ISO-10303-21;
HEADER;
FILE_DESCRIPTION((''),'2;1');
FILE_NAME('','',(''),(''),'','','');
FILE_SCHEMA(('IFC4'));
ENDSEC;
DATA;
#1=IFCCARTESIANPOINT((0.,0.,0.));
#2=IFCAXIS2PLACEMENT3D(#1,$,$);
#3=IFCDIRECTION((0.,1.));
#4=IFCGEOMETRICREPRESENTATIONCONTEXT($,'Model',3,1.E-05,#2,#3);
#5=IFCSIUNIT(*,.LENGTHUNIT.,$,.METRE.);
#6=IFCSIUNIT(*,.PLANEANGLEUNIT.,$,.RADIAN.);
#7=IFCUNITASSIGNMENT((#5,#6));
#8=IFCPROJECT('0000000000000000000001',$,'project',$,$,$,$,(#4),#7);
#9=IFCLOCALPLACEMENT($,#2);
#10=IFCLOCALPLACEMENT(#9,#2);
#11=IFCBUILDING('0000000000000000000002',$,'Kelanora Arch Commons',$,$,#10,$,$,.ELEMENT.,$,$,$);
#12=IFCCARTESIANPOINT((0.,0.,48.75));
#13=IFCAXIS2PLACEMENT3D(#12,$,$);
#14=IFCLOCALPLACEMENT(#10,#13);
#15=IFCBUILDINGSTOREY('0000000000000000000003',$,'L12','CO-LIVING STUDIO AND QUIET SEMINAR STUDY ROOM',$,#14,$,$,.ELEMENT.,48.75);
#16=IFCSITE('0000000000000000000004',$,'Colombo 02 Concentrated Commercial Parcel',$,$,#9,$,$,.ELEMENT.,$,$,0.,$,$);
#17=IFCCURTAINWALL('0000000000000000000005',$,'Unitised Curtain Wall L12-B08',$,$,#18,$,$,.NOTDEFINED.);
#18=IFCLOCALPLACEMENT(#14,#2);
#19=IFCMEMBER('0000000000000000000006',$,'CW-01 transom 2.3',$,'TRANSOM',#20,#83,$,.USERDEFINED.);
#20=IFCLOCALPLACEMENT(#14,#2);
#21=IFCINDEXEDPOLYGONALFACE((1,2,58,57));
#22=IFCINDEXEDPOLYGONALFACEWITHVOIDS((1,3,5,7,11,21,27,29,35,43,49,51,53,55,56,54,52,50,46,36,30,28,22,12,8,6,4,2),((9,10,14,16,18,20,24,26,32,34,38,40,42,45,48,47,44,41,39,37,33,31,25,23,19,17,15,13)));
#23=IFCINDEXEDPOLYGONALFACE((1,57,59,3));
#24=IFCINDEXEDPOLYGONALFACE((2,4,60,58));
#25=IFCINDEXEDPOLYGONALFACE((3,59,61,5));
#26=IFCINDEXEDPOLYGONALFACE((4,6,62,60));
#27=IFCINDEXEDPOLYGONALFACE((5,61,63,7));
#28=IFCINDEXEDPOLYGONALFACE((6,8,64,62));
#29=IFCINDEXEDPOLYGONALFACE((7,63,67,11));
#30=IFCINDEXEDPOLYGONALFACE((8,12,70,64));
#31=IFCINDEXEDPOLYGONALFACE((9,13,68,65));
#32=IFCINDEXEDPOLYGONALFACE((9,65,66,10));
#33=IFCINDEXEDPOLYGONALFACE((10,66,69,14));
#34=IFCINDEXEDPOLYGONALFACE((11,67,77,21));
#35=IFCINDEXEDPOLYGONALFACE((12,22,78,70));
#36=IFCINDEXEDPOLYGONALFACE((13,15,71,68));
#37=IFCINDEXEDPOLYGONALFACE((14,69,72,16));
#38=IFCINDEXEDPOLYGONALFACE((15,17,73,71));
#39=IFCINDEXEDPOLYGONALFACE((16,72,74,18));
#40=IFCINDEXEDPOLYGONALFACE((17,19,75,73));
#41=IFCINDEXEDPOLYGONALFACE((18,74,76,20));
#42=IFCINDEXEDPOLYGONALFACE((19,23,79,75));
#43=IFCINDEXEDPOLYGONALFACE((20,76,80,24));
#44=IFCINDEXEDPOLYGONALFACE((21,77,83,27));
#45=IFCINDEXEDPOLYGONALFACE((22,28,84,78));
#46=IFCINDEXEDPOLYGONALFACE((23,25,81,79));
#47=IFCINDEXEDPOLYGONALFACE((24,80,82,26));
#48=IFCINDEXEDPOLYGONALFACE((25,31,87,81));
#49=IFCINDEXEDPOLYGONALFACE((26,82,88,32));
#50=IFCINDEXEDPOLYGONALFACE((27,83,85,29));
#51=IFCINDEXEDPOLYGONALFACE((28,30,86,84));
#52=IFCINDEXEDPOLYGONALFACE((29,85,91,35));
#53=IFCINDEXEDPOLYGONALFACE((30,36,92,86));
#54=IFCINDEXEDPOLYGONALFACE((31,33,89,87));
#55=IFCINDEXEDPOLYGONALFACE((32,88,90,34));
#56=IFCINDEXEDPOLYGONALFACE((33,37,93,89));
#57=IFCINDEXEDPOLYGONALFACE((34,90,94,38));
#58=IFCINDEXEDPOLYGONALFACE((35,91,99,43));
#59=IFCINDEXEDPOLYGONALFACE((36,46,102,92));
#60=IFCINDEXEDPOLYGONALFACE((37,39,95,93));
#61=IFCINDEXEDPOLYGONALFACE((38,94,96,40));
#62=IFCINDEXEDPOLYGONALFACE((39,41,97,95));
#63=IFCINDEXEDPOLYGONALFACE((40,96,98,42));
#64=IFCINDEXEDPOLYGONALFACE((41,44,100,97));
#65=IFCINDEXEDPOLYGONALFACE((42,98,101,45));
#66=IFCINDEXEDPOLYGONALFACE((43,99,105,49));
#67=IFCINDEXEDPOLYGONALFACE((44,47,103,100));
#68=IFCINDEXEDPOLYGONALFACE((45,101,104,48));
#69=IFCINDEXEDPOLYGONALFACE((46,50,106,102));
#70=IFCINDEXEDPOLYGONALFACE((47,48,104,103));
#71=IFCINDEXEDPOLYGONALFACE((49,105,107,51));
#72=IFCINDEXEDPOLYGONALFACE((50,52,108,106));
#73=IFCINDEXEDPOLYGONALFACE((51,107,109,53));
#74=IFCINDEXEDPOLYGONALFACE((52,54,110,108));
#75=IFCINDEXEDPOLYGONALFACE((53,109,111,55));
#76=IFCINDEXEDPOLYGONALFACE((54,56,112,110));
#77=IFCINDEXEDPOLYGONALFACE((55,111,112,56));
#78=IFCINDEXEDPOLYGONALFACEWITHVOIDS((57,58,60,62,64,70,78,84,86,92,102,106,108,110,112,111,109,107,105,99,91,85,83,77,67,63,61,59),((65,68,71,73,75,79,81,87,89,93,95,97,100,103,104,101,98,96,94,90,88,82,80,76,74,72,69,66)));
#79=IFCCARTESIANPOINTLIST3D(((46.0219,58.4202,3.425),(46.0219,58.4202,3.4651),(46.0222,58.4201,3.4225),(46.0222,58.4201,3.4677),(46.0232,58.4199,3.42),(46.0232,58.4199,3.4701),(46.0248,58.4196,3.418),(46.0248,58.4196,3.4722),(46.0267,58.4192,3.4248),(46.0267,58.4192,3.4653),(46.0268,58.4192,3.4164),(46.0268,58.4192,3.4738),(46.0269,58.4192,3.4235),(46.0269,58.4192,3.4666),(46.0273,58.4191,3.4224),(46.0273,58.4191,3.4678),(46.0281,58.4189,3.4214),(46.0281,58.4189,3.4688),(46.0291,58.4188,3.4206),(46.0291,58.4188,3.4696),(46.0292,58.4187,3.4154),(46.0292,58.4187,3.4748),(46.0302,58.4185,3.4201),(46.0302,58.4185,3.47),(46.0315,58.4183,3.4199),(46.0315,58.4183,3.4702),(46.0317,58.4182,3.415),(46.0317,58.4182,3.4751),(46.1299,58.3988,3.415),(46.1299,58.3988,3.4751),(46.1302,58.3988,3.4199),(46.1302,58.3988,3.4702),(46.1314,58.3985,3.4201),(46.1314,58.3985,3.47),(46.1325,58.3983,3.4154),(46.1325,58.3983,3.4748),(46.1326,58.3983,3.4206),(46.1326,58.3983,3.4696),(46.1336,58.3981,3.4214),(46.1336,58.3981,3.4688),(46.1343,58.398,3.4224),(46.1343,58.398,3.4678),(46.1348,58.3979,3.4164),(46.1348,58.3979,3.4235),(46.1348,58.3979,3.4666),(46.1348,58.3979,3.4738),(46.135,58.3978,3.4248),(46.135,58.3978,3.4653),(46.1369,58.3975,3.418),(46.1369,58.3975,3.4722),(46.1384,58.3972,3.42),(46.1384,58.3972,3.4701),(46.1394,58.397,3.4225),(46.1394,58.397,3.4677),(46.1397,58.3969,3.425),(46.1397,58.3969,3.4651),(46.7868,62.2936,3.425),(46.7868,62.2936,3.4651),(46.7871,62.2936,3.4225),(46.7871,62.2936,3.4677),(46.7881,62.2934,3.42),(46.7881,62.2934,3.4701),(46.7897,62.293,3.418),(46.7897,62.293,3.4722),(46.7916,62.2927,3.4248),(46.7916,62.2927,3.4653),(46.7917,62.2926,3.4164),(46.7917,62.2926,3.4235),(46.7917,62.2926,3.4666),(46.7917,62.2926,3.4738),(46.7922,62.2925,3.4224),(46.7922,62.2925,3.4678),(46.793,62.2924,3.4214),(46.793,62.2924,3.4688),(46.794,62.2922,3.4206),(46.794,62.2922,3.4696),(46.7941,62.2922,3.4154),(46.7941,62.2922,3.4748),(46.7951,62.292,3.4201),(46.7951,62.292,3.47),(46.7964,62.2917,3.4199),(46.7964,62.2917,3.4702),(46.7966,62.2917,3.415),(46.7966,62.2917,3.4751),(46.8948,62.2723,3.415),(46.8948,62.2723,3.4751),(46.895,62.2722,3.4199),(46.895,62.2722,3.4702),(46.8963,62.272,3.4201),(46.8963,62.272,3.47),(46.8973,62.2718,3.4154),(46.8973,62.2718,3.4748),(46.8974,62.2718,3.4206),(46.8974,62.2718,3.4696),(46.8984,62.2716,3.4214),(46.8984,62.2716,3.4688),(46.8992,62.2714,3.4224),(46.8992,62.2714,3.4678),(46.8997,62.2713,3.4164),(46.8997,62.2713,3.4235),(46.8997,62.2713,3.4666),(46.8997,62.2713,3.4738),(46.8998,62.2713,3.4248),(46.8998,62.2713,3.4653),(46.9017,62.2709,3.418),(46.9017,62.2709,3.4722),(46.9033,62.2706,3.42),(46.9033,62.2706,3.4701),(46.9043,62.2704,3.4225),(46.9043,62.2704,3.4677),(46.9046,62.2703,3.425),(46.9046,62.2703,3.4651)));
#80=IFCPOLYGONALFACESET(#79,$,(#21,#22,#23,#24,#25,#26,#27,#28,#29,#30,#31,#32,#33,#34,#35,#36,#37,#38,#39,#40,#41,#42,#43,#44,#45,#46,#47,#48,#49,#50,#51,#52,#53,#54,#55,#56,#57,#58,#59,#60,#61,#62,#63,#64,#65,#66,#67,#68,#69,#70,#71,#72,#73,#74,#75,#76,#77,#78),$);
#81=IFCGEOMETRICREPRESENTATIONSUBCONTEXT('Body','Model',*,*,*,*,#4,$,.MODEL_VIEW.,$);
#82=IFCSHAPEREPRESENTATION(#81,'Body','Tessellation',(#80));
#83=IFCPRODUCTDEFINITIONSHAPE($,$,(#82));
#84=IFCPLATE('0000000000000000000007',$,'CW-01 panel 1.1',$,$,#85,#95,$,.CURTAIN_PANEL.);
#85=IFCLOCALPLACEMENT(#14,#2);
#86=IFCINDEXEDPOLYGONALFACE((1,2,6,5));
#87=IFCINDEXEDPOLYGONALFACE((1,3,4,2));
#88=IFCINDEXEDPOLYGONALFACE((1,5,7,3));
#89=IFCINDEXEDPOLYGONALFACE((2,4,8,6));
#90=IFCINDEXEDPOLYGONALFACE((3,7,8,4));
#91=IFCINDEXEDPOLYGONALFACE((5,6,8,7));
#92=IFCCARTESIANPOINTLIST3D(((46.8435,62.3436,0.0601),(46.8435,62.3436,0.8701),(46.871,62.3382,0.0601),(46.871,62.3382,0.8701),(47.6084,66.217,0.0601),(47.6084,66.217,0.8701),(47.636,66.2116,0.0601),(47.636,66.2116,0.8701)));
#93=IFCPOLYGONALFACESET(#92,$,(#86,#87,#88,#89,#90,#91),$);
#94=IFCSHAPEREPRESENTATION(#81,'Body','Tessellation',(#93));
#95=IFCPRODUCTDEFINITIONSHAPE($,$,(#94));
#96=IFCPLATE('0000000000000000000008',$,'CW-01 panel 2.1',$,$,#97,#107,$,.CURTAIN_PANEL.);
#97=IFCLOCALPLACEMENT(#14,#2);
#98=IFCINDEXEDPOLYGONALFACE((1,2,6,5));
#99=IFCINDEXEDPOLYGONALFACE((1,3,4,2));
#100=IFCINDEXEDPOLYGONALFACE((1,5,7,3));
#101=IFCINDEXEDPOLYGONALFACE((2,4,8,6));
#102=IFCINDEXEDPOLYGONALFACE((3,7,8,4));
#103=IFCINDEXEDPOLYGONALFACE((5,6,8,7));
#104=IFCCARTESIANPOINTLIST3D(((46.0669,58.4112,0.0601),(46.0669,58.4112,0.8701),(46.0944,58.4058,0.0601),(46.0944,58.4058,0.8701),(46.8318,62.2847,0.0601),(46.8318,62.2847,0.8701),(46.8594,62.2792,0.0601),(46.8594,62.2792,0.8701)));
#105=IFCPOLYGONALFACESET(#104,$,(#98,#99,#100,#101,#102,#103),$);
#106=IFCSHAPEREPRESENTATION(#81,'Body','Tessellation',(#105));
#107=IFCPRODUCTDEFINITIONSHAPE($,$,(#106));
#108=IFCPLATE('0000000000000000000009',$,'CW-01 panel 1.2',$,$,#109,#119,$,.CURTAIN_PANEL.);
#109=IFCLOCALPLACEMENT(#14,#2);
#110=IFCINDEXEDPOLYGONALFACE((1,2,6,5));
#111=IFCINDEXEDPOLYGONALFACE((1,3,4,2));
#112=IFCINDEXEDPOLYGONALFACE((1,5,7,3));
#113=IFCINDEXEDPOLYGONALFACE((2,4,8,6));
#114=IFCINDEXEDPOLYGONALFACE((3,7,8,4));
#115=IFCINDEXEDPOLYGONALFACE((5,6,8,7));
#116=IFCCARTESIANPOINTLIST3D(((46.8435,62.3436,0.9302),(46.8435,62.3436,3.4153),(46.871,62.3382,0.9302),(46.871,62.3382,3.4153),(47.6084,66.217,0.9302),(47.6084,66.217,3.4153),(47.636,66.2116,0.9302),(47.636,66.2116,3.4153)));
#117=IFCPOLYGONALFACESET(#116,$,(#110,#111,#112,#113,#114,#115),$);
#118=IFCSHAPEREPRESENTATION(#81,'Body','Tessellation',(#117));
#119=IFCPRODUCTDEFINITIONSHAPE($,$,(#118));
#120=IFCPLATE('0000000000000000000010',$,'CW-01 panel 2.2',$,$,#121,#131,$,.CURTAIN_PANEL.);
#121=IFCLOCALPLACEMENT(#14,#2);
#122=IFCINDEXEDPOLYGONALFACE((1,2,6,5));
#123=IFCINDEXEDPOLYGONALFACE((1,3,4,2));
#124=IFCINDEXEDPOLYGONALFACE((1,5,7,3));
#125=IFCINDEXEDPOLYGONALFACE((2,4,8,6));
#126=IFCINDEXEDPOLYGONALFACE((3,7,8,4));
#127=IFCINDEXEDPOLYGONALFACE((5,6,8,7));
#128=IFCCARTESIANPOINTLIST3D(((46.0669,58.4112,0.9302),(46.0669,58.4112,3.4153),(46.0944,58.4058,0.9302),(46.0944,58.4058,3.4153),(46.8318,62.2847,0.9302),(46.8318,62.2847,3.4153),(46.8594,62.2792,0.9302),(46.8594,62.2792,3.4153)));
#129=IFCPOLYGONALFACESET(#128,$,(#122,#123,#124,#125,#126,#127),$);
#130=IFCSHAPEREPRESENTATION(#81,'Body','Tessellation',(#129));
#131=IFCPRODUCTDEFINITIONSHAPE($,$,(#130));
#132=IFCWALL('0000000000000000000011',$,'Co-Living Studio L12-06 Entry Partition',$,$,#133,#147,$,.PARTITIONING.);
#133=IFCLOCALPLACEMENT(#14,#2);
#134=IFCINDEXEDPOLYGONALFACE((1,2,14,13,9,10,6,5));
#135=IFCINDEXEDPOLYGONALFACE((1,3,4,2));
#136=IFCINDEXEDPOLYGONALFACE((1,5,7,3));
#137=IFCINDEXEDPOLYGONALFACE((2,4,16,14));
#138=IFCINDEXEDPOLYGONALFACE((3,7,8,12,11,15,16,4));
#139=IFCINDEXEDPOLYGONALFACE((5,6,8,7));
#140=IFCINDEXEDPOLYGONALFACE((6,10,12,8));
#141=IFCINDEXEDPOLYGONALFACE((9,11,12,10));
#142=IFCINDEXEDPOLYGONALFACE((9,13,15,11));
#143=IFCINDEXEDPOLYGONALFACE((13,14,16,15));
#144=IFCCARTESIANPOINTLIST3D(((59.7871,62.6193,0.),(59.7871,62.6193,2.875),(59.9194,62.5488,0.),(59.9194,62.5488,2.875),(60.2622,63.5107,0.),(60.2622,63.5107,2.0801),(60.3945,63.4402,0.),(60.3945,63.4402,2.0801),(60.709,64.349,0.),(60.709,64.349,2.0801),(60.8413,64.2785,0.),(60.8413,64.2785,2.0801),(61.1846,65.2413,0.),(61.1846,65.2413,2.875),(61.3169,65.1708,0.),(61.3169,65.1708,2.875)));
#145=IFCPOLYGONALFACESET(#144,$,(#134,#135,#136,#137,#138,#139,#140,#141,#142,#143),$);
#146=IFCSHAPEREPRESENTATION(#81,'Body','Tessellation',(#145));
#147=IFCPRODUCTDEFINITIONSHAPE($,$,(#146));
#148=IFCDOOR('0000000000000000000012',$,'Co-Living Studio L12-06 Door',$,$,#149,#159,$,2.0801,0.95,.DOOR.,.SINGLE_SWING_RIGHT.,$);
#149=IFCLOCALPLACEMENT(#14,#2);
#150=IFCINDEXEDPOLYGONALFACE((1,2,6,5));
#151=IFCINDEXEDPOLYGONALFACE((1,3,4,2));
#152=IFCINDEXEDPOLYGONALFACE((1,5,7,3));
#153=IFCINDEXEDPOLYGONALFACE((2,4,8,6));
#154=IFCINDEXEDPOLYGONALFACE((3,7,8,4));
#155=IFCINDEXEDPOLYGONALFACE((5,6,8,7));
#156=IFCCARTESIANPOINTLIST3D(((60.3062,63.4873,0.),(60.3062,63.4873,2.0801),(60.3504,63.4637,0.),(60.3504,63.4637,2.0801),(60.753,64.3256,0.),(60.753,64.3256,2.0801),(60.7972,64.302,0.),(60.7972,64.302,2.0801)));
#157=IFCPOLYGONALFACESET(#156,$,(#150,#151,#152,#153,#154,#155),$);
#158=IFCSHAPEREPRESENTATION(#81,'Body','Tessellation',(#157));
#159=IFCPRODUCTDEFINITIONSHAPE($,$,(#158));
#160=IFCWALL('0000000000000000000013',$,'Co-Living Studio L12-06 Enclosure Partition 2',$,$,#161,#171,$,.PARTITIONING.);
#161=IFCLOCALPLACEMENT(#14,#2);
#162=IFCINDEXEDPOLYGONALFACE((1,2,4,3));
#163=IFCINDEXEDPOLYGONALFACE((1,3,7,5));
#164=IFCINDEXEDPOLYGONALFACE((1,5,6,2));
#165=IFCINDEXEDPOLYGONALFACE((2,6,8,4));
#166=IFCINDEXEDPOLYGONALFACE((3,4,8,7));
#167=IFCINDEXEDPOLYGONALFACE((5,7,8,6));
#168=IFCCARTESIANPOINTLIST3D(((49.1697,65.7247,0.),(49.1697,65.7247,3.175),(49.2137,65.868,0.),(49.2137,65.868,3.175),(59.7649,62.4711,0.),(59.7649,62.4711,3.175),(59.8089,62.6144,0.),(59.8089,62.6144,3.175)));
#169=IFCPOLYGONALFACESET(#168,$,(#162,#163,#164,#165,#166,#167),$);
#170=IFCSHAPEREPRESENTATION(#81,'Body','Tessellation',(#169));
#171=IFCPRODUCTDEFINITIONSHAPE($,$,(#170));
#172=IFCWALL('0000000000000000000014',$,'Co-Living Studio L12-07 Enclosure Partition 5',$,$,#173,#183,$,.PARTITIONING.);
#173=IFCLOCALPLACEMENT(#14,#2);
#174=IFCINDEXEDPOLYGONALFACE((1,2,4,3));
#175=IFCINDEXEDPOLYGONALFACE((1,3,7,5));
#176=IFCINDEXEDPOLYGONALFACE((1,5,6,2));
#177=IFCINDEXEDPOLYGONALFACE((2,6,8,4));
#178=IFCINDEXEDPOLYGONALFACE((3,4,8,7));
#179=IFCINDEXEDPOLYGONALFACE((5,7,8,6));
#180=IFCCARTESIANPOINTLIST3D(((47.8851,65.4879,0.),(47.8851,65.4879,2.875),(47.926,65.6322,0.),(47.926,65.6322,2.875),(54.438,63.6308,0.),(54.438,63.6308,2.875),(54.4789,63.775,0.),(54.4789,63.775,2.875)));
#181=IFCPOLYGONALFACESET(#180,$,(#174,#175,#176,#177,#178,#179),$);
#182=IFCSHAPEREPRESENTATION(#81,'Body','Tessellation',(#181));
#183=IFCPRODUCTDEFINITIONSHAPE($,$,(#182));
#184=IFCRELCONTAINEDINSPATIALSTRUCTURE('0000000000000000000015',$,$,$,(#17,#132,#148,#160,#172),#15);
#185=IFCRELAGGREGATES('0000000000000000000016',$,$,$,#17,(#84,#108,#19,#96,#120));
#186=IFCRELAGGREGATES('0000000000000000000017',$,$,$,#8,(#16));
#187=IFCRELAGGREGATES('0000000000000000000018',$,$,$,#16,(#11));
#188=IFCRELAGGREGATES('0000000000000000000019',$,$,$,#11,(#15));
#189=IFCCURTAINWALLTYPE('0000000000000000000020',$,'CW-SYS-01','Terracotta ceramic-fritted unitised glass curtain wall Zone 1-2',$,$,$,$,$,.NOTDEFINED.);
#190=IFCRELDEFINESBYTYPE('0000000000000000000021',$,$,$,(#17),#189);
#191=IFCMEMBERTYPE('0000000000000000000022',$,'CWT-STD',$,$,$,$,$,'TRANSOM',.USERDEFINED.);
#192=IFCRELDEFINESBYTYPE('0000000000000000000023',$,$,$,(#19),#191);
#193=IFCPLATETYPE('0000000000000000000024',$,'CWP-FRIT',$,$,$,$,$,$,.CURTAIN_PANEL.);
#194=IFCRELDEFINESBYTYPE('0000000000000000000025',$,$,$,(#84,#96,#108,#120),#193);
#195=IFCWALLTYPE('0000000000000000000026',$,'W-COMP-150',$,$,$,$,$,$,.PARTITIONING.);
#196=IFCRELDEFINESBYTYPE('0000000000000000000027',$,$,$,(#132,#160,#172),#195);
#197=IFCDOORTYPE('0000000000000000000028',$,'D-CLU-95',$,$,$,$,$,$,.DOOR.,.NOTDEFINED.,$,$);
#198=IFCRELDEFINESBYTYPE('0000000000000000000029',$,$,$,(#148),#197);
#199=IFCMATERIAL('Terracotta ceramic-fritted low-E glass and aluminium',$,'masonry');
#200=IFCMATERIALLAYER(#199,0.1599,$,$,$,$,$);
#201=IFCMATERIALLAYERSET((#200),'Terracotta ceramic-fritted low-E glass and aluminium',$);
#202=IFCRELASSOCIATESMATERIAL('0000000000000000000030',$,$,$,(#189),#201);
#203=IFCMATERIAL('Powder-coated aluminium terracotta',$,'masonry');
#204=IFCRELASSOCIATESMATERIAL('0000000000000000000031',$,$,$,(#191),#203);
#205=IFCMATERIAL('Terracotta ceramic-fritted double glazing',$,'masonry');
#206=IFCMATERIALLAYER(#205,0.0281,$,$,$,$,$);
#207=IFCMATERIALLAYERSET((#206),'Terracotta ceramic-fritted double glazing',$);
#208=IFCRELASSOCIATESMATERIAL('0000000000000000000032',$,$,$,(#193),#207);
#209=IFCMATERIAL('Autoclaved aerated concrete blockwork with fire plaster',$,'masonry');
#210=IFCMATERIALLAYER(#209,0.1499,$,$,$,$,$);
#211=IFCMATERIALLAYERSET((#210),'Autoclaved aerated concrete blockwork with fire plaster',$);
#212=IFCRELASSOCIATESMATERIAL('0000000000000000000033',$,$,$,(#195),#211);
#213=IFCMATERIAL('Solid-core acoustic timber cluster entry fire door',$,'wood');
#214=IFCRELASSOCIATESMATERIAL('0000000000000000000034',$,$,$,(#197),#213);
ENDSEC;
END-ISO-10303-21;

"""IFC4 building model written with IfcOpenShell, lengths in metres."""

from ifc_helpers import new_model, si_unit, direction, frame, frame_2d, origin, origin_2d, place, context, subcontext, project, spatial, rectangle, hollow_rectangle, extrude, source, transform, mapped, material, layer, layer_set, material_profile, profile_set, type_object, element, fill, aggregate, save


model = new_model("IFC4")

# Units and contexts
model_context = context("Model", 3, precision=1e-05, world=origin(), true_north=direction((0.0, 1.0)))
body_context = subcontext(model_context, "Body", "Model", "MODEL_VIEW")
ifc_project = project(units=[si_unit("LENGTHUNIT", "METRE"), si_unit("PLANEANGLEUNIT", "RADIAN")], contexts=[model_context])

# Site, building, storey
site_placement = place(None, origin())
site = spatial("IfcSite", under=ifc_project, at=site_placement, Name="Colombo 02 Concentrated Commercial Parcel", CompositionType="ELEMENT", RefElevation=0.0)
building_placement = place(site_placement, origin())
building = spatial("IfcBuilding", under=site, at=building_placement, Name="Kelanora Arch Commons", CompositionType="ELEMENT")
storey_placement = place(building_placement, frame((0.0, 0.0, 48.75)))
storey = spatial("IfcBuildingStorey", under=building, at=storey_placement, Name="L12", Description="CO-LIVING STUDIO AND QUIET SEMINAR STUDY ROOM", CompositionType="ELEMENT", Elevation=48.75)

# Curtain wall, member, plates
ifc_material_1 = material(Name="Terracotta ceramic-fritted low-E glass and aluminium", Category="masonry")
ifc_layer_1 = layer(ifc_material_1, 0.1599)
ifc_layer_set_1 = layer_set([ifc_layer_1], Name="Terracotta ceramic-fritted low-E glass and aluminium")
curtain_wall_type = type_object("IfcCurtainWallType", Name="CW-SYS-01", Description="Terracotta ceramic-fritted unitised glass curtain wall Zone 1-2", PredefinedType="NOTDEFINED", material=ifc_layer_set_1)
curtain_wall_placement = place(storey_placement, origin())
curtain_wall = element("IfcCurtainWall", 1, at=curtain_wall_placement, inside=storey, type_object=curtain_wall_type, Name="Unitised Curtain Wall L12-B08", PredefinedType="NOTDEFINED")
ifc_material_2 = material(Name="Powder-coated aluminium terracotta", Category="masonry")
ifc_material_profile_1 = material_profile(ifc_material_2, hollow_rectangle(XDim=0.1201, YDim=0.0601, WallThickness=0.0049, InnerFilletRadius=0.0049, OuterFilletRadius=0.01, at=origin_2d()), Name="CWT120x60")
ifc_profile_set_1 = profile_set([ifc_material_profile_1], Name="Powder-coated aluminium terracotta")
member_type_1 = type_object("IfcMemberType", Name="CWT-STD", ElementType="TRANSOM", PredefinedType="USERDEFINED", material=ifc_profile_set_1)
member_1_placement = place(storey_placement, frame((46.8457, 62.282, 3.4451), z_axis=(-0.193725, -0.981056, 0.0), x_axis=(0.981056, -0.193725, 0.0)))
member_1 = element("IfcMember", 2, at=member_1_placement, type_object=member_type_1, Name="CW-01 transom 2.3", ObjectType="TRANSOM", PredefinedType="USERDEFINED", context=body_context, shape_type="SweptSolid", body=[
    extrude(hollow_rectangle(XDim=0.1201, YDim=0.0601, WallThickness=0.0049, InnerFilletRadius=0.0049, OuterFilletRadius=0.01, at=origin_2d()), origin(), (0.0, 0.0, 1.0), 3.9482),
])
ifc_material_3 = material(Name="Terracotta ceramic-fritted double glazing", Category="masonry")
ifc_layer_2 = layer(ifc_material_3, 0.0281)
ifc_layer_set_2 = layer_set([ifc_layer_2], Name="Terracotta ceramic-fritted double glazing")
plate_type = type_object("IfcPlateType", Name="CWP-FRIT", PredefinedType="CURTAIN_PANEL", material=ifc_layer_set_2)
shared_shape_1 = source(origin(), body_context, "Body", "SweptSolid", [
    extrude(rectangle(XDim=3.9482, YDim=0.0281, at=origin_2d()), origin(), (0.0, 0.0, 1.0), 0.8101),
])
plate_1_placement = place(storey_placement, frame((47.2397, 64.2776, 0.0601), z_axis=(0.0, 0.0, 1.0), x_axis=(-0.193744, -0.981052, 0.0)))
plate_1 = element("IfcPlate", 3, at=plate_1_placement, type_object=plate_type, Name="CW-01 panel 1.1", PredefinedType="CURTAIN_PANEL", context=body_context, shape_type="MappedRepresentation", body=[
    mapped(shared_shape_1, transform((0.0, 0.0, 0.0), scale=1.0)),
])
plate_2_placement = place(storey_placement, frame((46.4631, 60.3452, 0.0601), z_axis=(0.0, 0.0, 1.0), x_axis=(-0.193744, -0.981052, 0.0)))
plate_2 = element("IfcPlate", 4, at=plate_2_placement, type_object=plate_type, Name="CW-01 panel 2.1", PredefinedType="CURTAIN_PANEL", context=body_context, shape_type="MappedRepresentation", body=[
    mapped(shared_shape_1, transform((0.0, 0.0, 0.0), scale=1.0)),
])
shared_shape_2 = source(origin(), body_context, "Body", "SweptSolid", [
    extrude(rectangle(XDim=3.9482, YDim=0.0281, at=origin_2d()), origin(), (0.0, 0.0, 1.0), 2.4851),
])
plate_3_placement = place(storey_placement, frame((47.2397, 64.2776, 0.9302), z_axis=(0.0, 0.0, 1.0), x_axis=(-0.193744, -0.981052, 0.0)))
plate_3 = element("IfcPlate", 5, at=plate_3_placement, type_object=plate_type, Name="CW-01 panel 1.2", PredefinedType="CURTAIN_PANEL", context=body_context, shape_type="MappedRepresentation", body=[
    mapped(shared_shape_2, transform((0.0, 0.0, 0.0), scale=1.0)),
])
plate_4_placement = place(storey_placement, frame((46.4631, 60.3452, 0.9302), z_axis=(0.0, 0.0, 1.0), x_axis=(-0.193744, -0.981052, 0.0)))
plate_4 = element("IfcPlate", 6, at=plate_4_placement, type_object=plate_type, Name="CW-01 panel 2.2", PredefinedType="CURTAIN_PANEL", context=body_context, shape_type="MappedRepresentation", body=[
    mapped(shared_shape_2, transform((0.0, 0.0, 0.0), scale=1.0)),
])
aggregate(curtain_wall, [plate_1, plate_3, member_1, plate_2, plate_4])

# Wall, opening, door
ifc_material_4 = material(Name="Autoclaved aerated concrete blockwork with fire plaster", Category="masonry")
ifc_layer_3 = layer(ifc_material_4, 0.1499)
ifc_layer_set_3 = layer_set([ifc_layer_3], Name="Autoclaved aerated concrete blockwork with fire plaster")
wall_type_1 = type_object("IfcWallType", Name="W-COMP-150", PredefinedType="PARTITIONING", material=ifc_layer_set_3)
wall_1_placement = place(storey_placement, frame((61.2507, 65.2061, 0.0), z_axis=(0.0, 0.0, 1.0), x_axis=(-0.470332, -0.882489, 0.0)))
wall_1 = element("IfcWall", 7, at=wall_1_placement, inside=storey, type_object=wall_type_1, Name="Co-Living Studio L12-06 Entry Partition", PredefinedType="PARTITIONING", context=body_context, shape_type="SweptSolid", body=[
    extrude(rectangle(XDim=2.9712, YDim=0.1499, at=frame_2d((1.4856, 0.0))), origin(), (0.0, 0.0, 1.0), 2.875),
])
opening_1_placement = place(wall_1_placement, frame((1.011, 0.0, 0.0)))
opening_1 = element("IfcOpeningElement", 8, at=opening_1_placement, cuts=wall_1, PredefinedType="OPENING", context=body_context, shape_type="SweptSolid", body=[
    extrude(rectangle(XDim=0.95, YDim=2.0801, at=frame_2d((0.4751, 1.04))), frame((0.0, 0.085, 0.0), z_axis=(0.0, -1.0, 0.0), x_axis=(1.0, 0.0, 0.0)), (0.0, 0.0, 1.0), 0.1699),
])
ifc_material_5 = material(Name="Solid-core acoustic timber cluster entry fire door", Category="wood")
door_type_1 = type_object("IfcDoorType", Name="D-CLU-95", OperationType="NOTDEFINED", PredefinedType="DOOR", material=ifc_material_5)
door_1_placement = place(opening_1_placement, origin())
door_1 = element("IfcDoor", 9, at=door_1_placement, inside=storey, type_object=door_type_1, Name="Co-Living Studio L12-06 Door", OperationType="SINGLE_SWING_RIGHT", OverallHeight=2.0801, OverallWidth=0.95, PredefinedType="DOOR", context=body_context, shape_type="SweptSolid", body=[
    extrude(rectangle(XDim=0.95, YDim=2.0801, at=frame_2d((0.4751, 1.04))), frame((0.0, 0.0249, 0.0), z_axis=(0.0, -1.0, 0.0), x_axis=(1.0, 0.0, 0.0)), (0.0, 0.0, 1.0), 0.05),
])
fill(opening_1, door_1)

# Walls
wall_2_placement = place(storey_placement, frame((59.7869, 62.5427, 0.0), z_axis=(0.0, 0.0, 1.0), x_axis=(-0.955941, 0.293558, 0.0)))
element("IfcWall", 10, at=wall_2_placement, inside=storey, type_object=wall_type_1, Name="Co-Living Studio L12-06 Enclosure Partition 2", PredefinedType="PARTITIONING", context=body_context, shape_type="SweptSolid", body=[
    extrude(rectangle(XDim=11.0835, YDim=0.1499, at=frame_2d((5.5417, 0.0))), origin(), (0.0, 0.0, 1.0), 3.175),
])
wall_3_placement = place(storey_placement, frame((47.9055, 65.5601, 0.0), z_axis=(0.0, 0.0, 1.0), x_axis=(0.962107, -0.272671, 0.0)))
element("IfcWall", 11, at=wall_3_placement, inside=storey, type_object=wall_type_1, Name="Co-Living Studio L12-07 Enclosure Partition 5", PredefinedType="PARTITIONING", context=body_context, shape_type="SweptSolid", body=[
    extrude(rectangle(XDim=6.811, YDim=0.1499, at=frame_2d((3.4055, 0.0))), origin(), (0.0, 0.0, 1.0), 2.875),
])

save(model, "model.ifc")
